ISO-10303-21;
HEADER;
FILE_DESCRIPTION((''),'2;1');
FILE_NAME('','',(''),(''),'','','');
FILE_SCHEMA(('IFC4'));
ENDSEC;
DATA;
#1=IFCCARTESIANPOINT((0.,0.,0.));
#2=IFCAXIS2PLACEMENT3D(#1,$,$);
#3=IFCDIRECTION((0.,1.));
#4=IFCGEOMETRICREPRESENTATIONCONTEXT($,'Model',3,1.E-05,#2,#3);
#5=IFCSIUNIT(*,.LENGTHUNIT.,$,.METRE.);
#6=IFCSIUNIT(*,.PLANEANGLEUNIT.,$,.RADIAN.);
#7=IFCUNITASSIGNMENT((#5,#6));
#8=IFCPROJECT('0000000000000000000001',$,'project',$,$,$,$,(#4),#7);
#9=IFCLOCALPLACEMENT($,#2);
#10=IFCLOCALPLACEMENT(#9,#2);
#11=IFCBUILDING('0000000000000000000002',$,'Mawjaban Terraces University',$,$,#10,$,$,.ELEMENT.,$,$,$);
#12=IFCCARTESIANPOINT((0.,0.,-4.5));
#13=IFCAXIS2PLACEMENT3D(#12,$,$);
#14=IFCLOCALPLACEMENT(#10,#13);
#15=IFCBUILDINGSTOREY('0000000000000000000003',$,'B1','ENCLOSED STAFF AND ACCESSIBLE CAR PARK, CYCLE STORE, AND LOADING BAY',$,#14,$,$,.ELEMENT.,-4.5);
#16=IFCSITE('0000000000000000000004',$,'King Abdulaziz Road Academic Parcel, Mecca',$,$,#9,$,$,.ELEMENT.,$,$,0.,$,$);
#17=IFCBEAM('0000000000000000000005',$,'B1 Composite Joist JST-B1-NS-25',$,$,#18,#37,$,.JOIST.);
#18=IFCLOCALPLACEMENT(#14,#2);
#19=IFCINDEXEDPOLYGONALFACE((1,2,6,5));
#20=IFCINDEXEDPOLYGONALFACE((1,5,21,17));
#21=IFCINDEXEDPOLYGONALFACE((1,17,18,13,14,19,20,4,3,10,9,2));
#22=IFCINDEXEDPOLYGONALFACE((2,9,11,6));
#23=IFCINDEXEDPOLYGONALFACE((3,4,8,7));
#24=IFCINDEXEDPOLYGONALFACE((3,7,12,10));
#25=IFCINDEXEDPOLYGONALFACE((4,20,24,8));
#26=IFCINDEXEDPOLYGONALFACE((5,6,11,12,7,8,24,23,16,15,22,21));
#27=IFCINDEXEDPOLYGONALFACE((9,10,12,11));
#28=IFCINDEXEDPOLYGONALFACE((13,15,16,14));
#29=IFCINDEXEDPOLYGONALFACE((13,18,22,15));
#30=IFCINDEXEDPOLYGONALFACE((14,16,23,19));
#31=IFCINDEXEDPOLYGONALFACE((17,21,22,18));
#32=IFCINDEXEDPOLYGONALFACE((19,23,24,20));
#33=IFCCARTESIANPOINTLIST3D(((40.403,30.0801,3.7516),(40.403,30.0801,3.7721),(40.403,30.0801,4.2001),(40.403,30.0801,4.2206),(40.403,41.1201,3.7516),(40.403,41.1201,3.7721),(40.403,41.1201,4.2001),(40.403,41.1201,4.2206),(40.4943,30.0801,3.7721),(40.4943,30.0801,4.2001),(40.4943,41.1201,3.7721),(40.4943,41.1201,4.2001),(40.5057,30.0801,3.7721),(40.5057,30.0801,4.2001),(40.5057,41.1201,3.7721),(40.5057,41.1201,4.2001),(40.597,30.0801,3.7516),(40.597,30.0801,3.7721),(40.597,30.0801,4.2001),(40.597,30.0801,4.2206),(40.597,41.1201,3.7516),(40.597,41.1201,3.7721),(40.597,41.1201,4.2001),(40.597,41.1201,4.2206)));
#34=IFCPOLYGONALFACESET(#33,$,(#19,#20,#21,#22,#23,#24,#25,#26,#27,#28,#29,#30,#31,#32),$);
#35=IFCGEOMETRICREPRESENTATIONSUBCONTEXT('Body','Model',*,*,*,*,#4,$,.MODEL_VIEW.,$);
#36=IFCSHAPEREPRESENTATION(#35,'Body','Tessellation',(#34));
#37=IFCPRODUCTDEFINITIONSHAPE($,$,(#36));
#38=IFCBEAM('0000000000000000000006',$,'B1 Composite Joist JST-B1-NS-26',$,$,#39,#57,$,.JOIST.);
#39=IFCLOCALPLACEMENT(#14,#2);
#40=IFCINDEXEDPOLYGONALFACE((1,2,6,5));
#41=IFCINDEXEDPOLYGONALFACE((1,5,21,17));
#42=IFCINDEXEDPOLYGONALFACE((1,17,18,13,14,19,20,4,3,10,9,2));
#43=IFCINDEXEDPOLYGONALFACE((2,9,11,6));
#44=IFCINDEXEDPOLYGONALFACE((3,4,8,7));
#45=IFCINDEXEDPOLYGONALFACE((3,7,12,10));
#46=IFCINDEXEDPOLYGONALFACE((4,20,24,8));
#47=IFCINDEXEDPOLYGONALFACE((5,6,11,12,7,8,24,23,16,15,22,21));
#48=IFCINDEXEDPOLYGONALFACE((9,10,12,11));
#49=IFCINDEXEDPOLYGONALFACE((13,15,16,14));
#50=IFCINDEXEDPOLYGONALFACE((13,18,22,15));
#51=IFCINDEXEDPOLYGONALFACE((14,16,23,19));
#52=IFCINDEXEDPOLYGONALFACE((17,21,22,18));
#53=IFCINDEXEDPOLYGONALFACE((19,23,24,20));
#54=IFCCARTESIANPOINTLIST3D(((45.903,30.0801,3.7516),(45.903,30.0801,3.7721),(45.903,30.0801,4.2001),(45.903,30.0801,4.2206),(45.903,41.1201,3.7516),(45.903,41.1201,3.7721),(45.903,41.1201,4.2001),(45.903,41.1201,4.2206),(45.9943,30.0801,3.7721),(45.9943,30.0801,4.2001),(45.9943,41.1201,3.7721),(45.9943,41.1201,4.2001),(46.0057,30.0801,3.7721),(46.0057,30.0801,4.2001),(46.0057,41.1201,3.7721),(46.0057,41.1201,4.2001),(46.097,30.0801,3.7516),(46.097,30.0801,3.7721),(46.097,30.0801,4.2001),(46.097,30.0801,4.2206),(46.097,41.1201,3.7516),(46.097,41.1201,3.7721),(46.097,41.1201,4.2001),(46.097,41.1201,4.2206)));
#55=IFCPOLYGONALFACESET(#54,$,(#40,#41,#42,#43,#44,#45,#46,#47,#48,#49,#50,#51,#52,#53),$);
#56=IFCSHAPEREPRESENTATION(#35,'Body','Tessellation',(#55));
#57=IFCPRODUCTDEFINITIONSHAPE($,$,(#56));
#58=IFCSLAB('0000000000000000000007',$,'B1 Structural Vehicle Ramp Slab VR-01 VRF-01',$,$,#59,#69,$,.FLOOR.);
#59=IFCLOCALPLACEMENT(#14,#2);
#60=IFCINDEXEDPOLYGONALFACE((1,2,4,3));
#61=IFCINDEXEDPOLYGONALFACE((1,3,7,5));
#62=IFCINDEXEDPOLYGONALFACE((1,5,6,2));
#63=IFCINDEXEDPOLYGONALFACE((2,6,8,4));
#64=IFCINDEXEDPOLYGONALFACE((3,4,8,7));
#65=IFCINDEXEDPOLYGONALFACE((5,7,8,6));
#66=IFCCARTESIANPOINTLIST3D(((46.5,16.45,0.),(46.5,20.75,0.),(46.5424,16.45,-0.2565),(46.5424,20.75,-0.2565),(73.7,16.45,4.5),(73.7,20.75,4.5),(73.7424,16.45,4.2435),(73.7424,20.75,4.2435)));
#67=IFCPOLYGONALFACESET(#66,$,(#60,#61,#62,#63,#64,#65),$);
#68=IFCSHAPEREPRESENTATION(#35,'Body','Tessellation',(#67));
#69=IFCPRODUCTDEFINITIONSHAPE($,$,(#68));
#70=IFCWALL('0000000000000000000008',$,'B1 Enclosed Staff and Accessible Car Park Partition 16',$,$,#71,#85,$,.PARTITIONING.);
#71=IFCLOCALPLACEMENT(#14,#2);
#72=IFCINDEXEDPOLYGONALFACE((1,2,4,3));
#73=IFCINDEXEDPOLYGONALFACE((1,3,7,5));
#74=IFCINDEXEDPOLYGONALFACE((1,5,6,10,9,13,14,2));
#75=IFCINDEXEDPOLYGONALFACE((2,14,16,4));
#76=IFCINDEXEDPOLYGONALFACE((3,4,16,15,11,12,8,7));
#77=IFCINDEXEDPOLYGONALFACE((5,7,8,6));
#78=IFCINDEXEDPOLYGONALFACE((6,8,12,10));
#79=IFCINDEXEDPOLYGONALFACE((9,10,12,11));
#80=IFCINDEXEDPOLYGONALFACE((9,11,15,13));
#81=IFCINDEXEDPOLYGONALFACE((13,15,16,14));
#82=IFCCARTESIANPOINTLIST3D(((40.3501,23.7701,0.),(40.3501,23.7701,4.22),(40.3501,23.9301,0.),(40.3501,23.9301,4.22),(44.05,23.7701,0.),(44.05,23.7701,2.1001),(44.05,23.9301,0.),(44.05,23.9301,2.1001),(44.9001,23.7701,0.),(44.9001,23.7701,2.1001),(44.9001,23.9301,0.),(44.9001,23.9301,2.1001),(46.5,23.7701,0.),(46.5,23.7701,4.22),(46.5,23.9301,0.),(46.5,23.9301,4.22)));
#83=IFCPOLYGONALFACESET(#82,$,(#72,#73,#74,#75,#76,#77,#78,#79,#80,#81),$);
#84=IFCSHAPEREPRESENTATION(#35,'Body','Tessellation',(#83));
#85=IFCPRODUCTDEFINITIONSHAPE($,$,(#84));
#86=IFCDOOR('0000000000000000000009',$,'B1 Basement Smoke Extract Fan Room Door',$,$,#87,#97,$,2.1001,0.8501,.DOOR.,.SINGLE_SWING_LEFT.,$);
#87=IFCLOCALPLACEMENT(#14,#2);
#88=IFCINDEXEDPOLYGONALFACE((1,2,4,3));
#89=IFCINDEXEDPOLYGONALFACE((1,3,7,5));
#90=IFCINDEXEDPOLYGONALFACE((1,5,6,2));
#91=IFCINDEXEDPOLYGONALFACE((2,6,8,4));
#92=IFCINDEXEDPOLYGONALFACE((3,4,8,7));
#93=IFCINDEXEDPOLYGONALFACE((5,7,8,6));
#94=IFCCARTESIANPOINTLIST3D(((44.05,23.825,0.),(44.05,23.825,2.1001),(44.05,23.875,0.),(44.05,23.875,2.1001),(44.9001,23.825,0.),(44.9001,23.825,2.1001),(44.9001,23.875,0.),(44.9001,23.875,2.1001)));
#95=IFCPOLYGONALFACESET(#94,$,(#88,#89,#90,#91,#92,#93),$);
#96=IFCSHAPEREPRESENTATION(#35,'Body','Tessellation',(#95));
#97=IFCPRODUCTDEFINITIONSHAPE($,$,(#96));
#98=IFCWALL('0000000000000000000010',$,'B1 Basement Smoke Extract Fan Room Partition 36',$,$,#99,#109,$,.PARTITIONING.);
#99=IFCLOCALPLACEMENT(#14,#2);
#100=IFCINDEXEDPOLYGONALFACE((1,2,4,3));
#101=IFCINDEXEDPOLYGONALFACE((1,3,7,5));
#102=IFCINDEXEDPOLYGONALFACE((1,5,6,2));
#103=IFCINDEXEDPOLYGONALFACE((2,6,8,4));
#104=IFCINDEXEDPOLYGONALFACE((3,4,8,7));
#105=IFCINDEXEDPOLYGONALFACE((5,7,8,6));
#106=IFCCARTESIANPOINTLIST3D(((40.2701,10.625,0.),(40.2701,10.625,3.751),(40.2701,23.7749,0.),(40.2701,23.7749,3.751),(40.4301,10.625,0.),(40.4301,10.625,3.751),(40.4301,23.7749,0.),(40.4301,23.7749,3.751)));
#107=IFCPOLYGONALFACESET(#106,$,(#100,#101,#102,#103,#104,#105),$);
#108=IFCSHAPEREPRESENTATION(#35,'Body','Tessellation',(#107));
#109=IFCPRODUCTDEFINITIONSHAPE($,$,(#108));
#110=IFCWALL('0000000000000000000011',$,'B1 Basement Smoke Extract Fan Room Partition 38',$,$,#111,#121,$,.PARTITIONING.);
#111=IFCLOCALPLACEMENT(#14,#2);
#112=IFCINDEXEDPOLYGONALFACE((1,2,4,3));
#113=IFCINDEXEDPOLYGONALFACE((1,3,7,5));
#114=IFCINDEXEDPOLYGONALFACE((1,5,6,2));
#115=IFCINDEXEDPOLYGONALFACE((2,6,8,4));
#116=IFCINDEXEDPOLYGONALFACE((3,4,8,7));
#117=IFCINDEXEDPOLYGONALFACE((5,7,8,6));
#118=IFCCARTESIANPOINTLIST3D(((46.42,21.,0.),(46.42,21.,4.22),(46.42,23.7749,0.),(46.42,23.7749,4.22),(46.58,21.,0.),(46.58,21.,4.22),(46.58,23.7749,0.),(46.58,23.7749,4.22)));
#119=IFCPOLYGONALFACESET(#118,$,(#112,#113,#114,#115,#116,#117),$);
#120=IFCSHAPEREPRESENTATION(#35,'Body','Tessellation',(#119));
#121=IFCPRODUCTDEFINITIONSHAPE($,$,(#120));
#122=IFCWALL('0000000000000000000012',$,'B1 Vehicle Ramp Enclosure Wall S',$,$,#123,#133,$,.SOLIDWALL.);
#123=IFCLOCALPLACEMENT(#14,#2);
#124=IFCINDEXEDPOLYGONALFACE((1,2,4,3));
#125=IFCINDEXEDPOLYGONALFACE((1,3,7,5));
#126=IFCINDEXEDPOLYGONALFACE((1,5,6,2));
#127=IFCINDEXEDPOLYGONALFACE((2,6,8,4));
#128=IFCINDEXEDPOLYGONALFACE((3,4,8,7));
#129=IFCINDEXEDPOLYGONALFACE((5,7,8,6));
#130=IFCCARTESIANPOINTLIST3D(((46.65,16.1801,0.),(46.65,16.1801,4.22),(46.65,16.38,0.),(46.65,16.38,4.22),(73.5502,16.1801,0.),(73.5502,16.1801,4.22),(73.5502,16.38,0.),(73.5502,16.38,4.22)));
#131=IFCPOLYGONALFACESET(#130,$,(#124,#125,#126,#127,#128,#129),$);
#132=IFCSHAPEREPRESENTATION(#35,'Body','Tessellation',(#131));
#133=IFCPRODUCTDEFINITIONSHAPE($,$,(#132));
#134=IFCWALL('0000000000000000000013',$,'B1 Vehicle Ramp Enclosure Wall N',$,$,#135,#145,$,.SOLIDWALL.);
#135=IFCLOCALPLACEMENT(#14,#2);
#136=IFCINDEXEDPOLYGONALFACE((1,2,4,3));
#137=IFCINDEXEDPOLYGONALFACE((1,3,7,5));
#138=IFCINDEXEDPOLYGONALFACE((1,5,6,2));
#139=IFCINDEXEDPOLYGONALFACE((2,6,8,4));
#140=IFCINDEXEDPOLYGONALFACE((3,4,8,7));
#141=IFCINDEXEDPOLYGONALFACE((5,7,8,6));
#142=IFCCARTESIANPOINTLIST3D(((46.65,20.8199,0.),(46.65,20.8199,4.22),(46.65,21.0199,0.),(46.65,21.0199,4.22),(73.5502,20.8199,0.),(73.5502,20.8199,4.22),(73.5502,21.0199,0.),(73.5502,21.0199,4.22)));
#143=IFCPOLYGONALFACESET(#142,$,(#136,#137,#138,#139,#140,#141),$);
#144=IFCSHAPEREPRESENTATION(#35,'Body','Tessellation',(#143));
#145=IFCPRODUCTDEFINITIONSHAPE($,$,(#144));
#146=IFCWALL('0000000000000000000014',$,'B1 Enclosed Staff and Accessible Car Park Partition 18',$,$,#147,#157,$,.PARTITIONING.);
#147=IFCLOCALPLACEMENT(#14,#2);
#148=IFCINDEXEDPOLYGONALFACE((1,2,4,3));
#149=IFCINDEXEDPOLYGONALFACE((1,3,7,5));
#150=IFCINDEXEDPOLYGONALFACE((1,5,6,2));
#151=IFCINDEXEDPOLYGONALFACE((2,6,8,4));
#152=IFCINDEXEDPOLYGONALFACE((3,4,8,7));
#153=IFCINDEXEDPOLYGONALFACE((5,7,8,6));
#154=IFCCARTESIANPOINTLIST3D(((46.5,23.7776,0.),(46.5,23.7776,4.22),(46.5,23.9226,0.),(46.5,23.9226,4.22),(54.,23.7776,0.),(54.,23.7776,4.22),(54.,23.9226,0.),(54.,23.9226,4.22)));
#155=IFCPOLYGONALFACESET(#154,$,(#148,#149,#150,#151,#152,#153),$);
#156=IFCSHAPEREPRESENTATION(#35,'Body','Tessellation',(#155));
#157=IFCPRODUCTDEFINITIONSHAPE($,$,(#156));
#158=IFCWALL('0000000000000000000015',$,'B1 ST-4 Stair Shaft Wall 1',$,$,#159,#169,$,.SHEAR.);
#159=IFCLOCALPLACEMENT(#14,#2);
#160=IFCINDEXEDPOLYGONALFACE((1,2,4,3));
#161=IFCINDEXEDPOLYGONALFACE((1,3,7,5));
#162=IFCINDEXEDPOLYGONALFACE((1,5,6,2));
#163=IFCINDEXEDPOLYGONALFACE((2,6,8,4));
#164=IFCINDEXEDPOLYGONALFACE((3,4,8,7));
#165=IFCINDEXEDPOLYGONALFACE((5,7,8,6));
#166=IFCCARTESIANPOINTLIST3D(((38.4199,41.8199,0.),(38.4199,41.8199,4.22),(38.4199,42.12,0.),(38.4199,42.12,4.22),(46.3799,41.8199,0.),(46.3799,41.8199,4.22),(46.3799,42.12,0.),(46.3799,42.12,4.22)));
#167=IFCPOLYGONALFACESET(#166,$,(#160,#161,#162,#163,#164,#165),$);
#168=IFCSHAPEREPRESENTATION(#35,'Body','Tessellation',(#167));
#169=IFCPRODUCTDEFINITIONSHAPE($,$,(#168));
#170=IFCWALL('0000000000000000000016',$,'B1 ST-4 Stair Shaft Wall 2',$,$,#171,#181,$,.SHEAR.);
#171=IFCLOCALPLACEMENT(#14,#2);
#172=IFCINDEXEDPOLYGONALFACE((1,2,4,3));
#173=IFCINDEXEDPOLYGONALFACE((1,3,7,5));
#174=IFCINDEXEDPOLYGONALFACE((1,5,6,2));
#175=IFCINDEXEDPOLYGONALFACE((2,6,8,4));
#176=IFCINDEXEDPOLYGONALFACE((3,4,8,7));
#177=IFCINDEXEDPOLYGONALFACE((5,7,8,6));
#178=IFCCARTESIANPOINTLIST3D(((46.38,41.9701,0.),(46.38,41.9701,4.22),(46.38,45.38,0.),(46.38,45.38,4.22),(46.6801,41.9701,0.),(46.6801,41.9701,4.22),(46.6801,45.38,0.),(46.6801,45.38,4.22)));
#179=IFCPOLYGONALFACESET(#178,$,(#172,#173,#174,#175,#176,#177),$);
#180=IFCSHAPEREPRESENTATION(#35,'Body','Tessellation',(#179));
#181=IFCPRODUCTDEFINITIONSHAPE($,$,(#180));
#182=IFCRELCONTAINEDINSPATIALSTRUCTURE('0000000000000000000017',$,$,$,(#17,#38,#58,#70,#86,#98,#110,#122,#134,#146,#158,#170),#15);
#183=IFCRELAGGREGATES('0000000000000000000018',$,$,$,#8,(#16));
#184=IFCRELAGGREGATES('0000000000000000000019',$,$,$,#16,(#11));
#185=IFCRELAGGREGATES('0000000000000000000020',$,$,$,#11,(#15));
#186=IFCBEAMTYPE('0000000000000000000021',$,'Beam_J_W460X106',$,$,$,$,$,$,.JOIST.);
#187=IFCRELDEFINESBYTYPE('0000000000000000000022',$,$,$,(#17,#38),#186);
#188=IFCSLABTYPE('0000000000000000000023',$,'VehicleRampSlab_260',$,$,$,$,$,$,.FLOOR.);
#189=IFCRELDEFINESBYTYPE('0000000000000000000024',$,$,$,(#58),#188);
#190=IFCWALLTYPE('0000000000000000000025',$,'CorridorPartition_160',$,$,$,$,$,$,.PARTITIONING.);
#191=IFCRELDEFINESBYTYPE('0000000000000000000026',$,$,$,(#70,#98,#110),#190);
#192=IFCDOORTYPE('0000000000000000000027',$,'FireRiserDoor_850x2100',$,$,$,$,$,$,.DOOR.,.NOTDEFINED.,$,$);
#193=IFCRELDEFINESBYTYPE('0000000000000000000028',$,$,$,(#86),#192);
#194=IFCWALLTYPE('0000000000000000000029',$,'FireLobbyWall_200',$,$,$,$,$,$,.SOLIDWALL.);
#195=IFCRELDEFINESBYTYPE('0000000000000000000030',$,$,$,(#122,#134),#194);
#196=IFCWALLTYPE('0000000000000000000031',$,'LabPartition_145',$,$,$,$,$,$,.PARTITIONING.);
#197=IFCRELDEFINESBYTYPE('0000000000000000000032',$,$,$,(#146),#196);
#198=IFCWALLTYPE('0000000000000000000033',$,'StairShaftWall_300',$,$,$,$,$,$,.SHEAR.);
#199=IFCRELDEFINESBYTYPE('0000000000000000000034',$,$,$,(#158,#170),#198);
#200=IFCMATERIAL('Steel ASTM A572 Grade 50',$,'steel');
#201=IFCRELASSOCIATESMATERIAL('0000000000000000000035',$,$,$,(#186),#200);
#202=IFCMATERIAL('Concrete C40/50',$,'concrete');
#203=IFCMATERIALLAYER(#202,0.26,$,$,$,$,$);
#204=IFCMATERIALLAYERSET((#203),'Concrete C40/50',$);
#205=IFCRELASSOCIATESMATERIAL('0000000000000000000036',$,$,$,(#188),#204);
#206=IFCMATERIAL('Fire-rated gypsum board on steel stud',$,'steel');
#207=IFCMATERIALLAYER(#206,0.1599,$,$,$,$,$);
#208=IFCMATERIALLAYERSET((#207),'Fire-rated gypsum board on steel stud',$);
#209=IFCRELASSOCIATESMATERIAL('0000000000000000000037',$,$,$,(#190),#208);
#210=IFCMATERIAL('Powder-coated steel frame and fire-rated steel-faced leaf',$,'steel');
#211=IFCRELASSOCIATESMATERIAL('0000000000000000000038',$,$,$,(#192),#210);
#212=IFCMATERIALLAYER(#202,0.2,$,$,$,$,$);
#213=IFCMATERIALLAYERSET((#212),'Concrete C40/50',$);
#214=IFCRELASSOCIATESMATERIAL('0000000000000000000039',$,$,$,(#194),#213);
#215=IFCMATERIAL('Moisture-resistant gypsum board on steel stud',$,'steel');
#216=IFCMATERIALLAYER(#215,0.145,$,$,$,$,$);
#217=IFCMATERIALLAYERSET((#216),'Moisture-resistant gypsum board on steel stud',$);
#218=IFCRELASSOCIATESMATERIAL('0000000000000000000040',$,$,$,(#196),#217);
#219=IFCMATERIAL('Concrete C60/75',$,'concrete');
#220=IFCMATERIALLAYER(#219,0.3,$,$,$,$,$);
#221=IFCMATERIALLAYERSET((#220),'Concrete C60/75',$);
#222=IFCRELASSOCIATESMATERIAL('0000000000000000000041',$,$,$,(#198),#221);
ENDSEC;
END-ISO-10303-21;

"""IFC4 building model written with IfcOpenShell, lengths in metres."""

from ifc_helpers import new_model, si_unit, direction, frame, frame_2d, origin, origin_2d, place, context, subcontext, project, spatial, polyline, rectangle, i_section, outline, extrude, material, layer, layer_set, material_profile, profile_set, type_object, element, fill, save


model = new_model("IFC4")

# Units and contexts
model_context = context("Model", 3, precision=1e-05, world=origin(), true_north=direction((0.0, 1.0)))
body_context = subcontext(model_context, "Body", "Model", "MODEL_VIEW")
ifc_project = project(units=[si_unit("LENGTHUNIT", "METRE"), si_unit("PLANEANGLEUNIT", "RADIAN")], contexts=[model_context])

# Site, building, storey
site_placement = place(None, origin())
site = spatial("IfcSite", under=ifc_project, at=site_placement, Name="King Abdulaziz Road Academic Parcel, Mecca", CompositionType="ELEMENT", RefElevation=0.0)
building_placement = place(site_placement, origin())
building = spatial("IfcBuilding", under=site, at=building_placement, Name="Mawjaban Terraces University", CompositionType="ELEMENT")
storey_placement = place(building_placement, frame((0.0, 0.0, -4.5)))
storey = spatial("IfcBuildingStorey", under=building, at=storey_placement, Name="B1", Description="ENCLOSED STAFF AND ACCESSIBLE CAR PARK, CYCLE STORE, AND LOADING BAY", CompositionType="ELEMENT", Elevation=-4.5)

# Beams
ifc_material_1 = material(Name="Steel ASTM A572 Grade 50", Category="steel")
ifc_material_profile_1 = material_profile(ifc_material_1, i_section(OverallWidth=0.1941, OverallDepth=0.469, WebThickness=0.0115, FlangeThickness=0.0205, at=origin_2d()), Name="W460X106")
ifc_profile_set_1 = profile_set([ifc_material_profile_1], Name="Steel ASTM A572 Grade 50")
beam_type_1 = type_object("IfcBeamType", Name="Beam_J_W460X106", PredefinedType="JOIST", material=ifc_profile_set_1)
for number, where, z_axis, x_axis, name in (
    (1, (40.5, 30.0801, 3.9861), (0.0, 1.0, 0.0), (-1.0, 0.0, 0.0), "B1 Composite Joist JST-B1-NS-25"),
    (2, (46.0, 30.0801, 3.9861), (0.0, 1.0, 0.0), (-1.0, 0.0, 0.0), "B1 Composite Joist JST-B1-NS-26"),
):
    element("IfcBeam", number, at=place(storey_placement, frame(where, z_axis=z_axis, x_axis=x_axis)), inside=storey, type_object=beam_type_1, Name=name, PredefinedType="JOIST", context=body_context, shape_type="SweptSolid", body=[
        extrude(i_section(OverallWidth=0.1941, OverallDepth=0.469, WebThickness=0.0115, FlangeThickness=0.0205, at=origin_2d()), origin(), (0.0, 0.0, 1.0), 11.04),
    ])

# Slab
ifc_material_2 = material(Name="Concrete C40/50", Category="concrete")
ifc_layer_1 = layer(ifc_material_2, 0.26)
ifc_layer_set_1 = layer_set([ifc_layer_1], Name="Concrete C40/50")
slab_type = type_object("IfcSlabType", Name="VehicleRampSlab_260", PredefinedType="FLOOR", material=ifc_layer_set_1)
slab_placement = place(storey_placement, frame((46.5, 16.45, 0.0), z_axis=(-0.163223, 0.0, 0.986589), x_axis=(0.986589, 0.0, 0.163223)))
element("IfcSlab", 3, at=slab_placement, inside=storey, type_object=slab_type, Name="B1 Structural Vehicle Ramp Slab VR-01 VRF-01", PredefinedType="FLOOR", context=body_context, shape_type="SweptSolid", body=[
    extrude(outline(polyline([(0.0, 0.0), (27.5697, 0.0), (27.5697, 4.3), (0.0, 4.3), (0.0, 0.0)])), origin(), (0.0, 0.0, -1.0), 0.26),
])

# Wall, opening, door
ifc_material_3 = material(Name="Fire-rated gypsum board on steel stud", Category="steel")
ifc_layer_2 = layer(ifc_material_3, 0.1599)
ifc_layer_set_2 = layer_set([ifc_layer_2], Name="Fire-rated gypsum board on steel stud")
wall_type_1 = type_object("IfcWallType", Name="CorridorPartition_160", PredefinedType="PARTITIONING", material=ifc_layer_set_2)
wall_1_placement = place(storey_placement, frame((40.3501, 23.8501, 0.0), z_axis=(0.0, 0.0, 1.0), x_axis=(1.0, 0.0, 0.0)))
wall_1 = element("IfcWall", 4, at=wall_1_placement, inside=storey, type_object=wall_type_1, Name="B1 Enclosed Staff and Accessible Car Park Partition 16", PredefinedType="PARTITIONING", context=body_context, shape_type="SweptSolid", body=[
    extrude(rectangle(XDim=6.1499, YDim=0.1599, at=frame_2d((3.075, 0.0))), origin(), (0.0, 0.0, 1.0), 4.22),
])
opening_1_placement = place(wall_1_placement, frame((3.7, 0.0, 0.0)))
opening_1 = element("IfcOpeningElement", 5, at=opening_1_placement, cuts=wall_1, PredefinedType="OPENING", context=body_context, shape_type="SweptSolid", body=[
    extrude(rectangle(XDim=0.8501, YDim=2.1001, at=frame_2d((0.425, 1.05))), frame((0.0, 0.0898, 0.0), z_axis=(0.0, -1.0, 0.0), x_axis=(1.0, 0.0, 0.0)), (0.0, 0.0, 1.0), 0.1799),
])
ifc_material_4 = material(Name="Powder-coated steel frame and fire-rated steel-faced leaf", Category="steel")
door_type_1 = type_object("IfcDoorType", Name="FireRiserDoor_850x2100", OperationType="NOTDEFINED", PredefinedType="DOOR", material=ifc_material_4)
door_1_placement = place(opening_1_placement, origin())
door_1 = element("IfcDoor", 6, at=door_1_placement, inside=storey, type_object=door_type_1, Name="B1 Basement Smoke Extract Fan Room Door", OperationType="SINGLE_SWING_LEFT", OverallHeight=2.1001, OverallWidth=0.8501, PredefinedType="DOOR", context=body_context, shape_type="SweptSolid", body=[
    extrude(rectangle(XDim=0.8501, YDim=2.1001, at=frame_2d((0.425, 1.05))), frame((0.0, 0.0249, 0.0), z_axis=(0.0, -1.0, 0.0), x_axis=(1.0, 0.0, 0.0)), (0.0, 0.0, 1.0), 0.05),
])
fill(opening_1, door_1)

# Walls
wall_2_placement = place(storey_placement, frame((40.3501, 23.7749, 0.0), z_axis=(0.0, 0.0, 1.0), x_axis=(0.0, -1.0, 0.0)))
element("IfcWall", 7, at=wall_2_placement, inside=storey, type_object=wall_type_1, Name="B1 Basement Smoke Extract Fan Room Partition 36", PredefinedType="PARTITIONING", context=body_context, shape_type="SweptSolid", body=[
    extrude(rectangle(XDim=13.1499, YDim=0.1599, at=frame_2d((6.575, 0.0))), origin(), (0.0, 0.0, 1.0), 3.751),
])
wall_3_placement = place(storey_placement, frame((46.5, 21.0, 0.0), z_axis=(0.0, 0.0, 1.0), x_axis=(0.0, 1.0, 0.0)))
element("IfcWall", 8, at=wall_3_placement, inside=storey, type_object=wall_type_1, Name="B1 Basement Smoke Extract Fan Room Partition 38", PredefinedType="PARTITIONING", context=body_context, shape_type="SweptSolid", body=[
    extrude(rectangle(XDim=2.7749, YDim=0.1599, at=frame_2d((1.3875, 0.0))), origin(), (0.0, 0.0, 1.0), 4.22),
])
ifc_layer_3 = layer(ifc_material_2, 0.2)
ifc_layer_set_3 = layer_set([ifc_layer_3], Name="Concrete C40/50")
wall_type_2 = type_object("IfcWallType", Name="FireLobbyWall_200", PredefinedType="SOLIDWALL", material=ifc_layer_set_3)
for number, where, z_axis, x_axis, name in (
    (9, (46.6499, 16.28, 0.0), (0.0, 0.0, 1.0), (1.0, 0.0, 0.0), "B1 Vehicle Ramp Enclosure Wall S"),
    (10, (46.6499, 20.9199, 0.0), (0.0, 0.0, 1.0), (1.0, 0.0, 0.0), "B1 Vehicle Ramp Enclosure Wall N"),
):
    element("IfcWall", number, at=place(storey_placement, frame(where, z_axis=z_axis, x_axis=x_axis)), inside=storey, type_object=wall_type_2, Name=name, PredefinedType="SOLIDWALL", context=body_context, shape_type="SweptSolid", body=[
        extrude(rectangle(XDim=26.9001, YDim=0.2, at=frame_2d((13.4502, 0.0))), origin(), (0.0, 0.0, 1.0), 4.22),
    ])
ifc_material_5 = material(Name="Moisture-resistant gypsum board on steel stud", Category="steel")
ifc_layer_4 = layer(ifc_material_5, 0.145)
ifc_layer_set_4 = layer_set([ifc_layer_4], Name="Moisture-resistant gypsum board on steel stud")
wall_type_3 = type_object("IfcWallType", Name="LabPartition_145", PredefinedType="PARTITIONING", material=ifc_layer_set_4)
wall_4_placement = place(storey_placement, frame((46.5, 23.8501, 0.0), z_axis=(0.0, 0.0, 1.0), x_axis=(1.0, 0.0, 0.0)))
element("IfcWall", 11, at=wall_4_placement, inside=storey, type_object=wall_type_3, Name="B1 Enclosed Staff and Accessible Car Park Partition 18", PredefinedType="PARTITIONING", context=body_context, shape_type="SweptSolid", body=[
    extrude(rectangle(XDim=7.5, YDim=0.145, at=frame_2d((3.75, 0.0))), origin(), (0.0, 0.0, 1.0), 4.22),
])
ifc_material_6 = material(Name="Concrete C60/75", Category="concrete")
ifc_layer_5 = layer(ifc_material_6, 0.3)
ifc_layer_set_5 = layer_set([ifc_layer_5], Name="Concrete C60/75")
wall_type_4 = type_object("IfcWallType", Name="StairShaftWall_300", PredefinedType="SHEAR", material=ifc_layer_set_5)
wall_5_placement = place(storey_placement, frame((38.4199, 41.97, 0.0), z_axis=(0.0, 0.0, 1.0), x_axis=(1.0, 0.0, 0.0)))
element("IfcWall", 12, at=wall_5_placement, inside=storey, type_object=wall_type_4, Name="B1 ST-4 Stair Shaft Wall 1", PredefinedType="SHEAR", context=body_context, shape_type="SweptSolid", body=[
    extrude(rectangle(XDim=7.96, YDim=0.3, at=frame_2d((3.98, 0.0))), origin(), (0.0, 0.0, 1.0), 4.22),
])
wall_6_placement = place(storey_placement, frame((46.53, 41.97, 0.0), z_axis=(0.0, 0.0, 1.0), x_axis=(0.0, 1.0, 0.0)))
element("IfcWall", 13, at=wall_6_placement, inside=storey, type_object=wall_type_4, Name="B1 ST-4 Stair Shaft Wall 2", PredefinedType="SHEAR", context=body_context, shape_type="SweptSolid", body=[
    extrude(rectangle(XDim=3.4099, YDim=0.3, at=frame_2d((1.7051, 0.0))), origin(), (0.0, 0.0, 1.0), 4.22),
])

save(model, "model.ifc")
